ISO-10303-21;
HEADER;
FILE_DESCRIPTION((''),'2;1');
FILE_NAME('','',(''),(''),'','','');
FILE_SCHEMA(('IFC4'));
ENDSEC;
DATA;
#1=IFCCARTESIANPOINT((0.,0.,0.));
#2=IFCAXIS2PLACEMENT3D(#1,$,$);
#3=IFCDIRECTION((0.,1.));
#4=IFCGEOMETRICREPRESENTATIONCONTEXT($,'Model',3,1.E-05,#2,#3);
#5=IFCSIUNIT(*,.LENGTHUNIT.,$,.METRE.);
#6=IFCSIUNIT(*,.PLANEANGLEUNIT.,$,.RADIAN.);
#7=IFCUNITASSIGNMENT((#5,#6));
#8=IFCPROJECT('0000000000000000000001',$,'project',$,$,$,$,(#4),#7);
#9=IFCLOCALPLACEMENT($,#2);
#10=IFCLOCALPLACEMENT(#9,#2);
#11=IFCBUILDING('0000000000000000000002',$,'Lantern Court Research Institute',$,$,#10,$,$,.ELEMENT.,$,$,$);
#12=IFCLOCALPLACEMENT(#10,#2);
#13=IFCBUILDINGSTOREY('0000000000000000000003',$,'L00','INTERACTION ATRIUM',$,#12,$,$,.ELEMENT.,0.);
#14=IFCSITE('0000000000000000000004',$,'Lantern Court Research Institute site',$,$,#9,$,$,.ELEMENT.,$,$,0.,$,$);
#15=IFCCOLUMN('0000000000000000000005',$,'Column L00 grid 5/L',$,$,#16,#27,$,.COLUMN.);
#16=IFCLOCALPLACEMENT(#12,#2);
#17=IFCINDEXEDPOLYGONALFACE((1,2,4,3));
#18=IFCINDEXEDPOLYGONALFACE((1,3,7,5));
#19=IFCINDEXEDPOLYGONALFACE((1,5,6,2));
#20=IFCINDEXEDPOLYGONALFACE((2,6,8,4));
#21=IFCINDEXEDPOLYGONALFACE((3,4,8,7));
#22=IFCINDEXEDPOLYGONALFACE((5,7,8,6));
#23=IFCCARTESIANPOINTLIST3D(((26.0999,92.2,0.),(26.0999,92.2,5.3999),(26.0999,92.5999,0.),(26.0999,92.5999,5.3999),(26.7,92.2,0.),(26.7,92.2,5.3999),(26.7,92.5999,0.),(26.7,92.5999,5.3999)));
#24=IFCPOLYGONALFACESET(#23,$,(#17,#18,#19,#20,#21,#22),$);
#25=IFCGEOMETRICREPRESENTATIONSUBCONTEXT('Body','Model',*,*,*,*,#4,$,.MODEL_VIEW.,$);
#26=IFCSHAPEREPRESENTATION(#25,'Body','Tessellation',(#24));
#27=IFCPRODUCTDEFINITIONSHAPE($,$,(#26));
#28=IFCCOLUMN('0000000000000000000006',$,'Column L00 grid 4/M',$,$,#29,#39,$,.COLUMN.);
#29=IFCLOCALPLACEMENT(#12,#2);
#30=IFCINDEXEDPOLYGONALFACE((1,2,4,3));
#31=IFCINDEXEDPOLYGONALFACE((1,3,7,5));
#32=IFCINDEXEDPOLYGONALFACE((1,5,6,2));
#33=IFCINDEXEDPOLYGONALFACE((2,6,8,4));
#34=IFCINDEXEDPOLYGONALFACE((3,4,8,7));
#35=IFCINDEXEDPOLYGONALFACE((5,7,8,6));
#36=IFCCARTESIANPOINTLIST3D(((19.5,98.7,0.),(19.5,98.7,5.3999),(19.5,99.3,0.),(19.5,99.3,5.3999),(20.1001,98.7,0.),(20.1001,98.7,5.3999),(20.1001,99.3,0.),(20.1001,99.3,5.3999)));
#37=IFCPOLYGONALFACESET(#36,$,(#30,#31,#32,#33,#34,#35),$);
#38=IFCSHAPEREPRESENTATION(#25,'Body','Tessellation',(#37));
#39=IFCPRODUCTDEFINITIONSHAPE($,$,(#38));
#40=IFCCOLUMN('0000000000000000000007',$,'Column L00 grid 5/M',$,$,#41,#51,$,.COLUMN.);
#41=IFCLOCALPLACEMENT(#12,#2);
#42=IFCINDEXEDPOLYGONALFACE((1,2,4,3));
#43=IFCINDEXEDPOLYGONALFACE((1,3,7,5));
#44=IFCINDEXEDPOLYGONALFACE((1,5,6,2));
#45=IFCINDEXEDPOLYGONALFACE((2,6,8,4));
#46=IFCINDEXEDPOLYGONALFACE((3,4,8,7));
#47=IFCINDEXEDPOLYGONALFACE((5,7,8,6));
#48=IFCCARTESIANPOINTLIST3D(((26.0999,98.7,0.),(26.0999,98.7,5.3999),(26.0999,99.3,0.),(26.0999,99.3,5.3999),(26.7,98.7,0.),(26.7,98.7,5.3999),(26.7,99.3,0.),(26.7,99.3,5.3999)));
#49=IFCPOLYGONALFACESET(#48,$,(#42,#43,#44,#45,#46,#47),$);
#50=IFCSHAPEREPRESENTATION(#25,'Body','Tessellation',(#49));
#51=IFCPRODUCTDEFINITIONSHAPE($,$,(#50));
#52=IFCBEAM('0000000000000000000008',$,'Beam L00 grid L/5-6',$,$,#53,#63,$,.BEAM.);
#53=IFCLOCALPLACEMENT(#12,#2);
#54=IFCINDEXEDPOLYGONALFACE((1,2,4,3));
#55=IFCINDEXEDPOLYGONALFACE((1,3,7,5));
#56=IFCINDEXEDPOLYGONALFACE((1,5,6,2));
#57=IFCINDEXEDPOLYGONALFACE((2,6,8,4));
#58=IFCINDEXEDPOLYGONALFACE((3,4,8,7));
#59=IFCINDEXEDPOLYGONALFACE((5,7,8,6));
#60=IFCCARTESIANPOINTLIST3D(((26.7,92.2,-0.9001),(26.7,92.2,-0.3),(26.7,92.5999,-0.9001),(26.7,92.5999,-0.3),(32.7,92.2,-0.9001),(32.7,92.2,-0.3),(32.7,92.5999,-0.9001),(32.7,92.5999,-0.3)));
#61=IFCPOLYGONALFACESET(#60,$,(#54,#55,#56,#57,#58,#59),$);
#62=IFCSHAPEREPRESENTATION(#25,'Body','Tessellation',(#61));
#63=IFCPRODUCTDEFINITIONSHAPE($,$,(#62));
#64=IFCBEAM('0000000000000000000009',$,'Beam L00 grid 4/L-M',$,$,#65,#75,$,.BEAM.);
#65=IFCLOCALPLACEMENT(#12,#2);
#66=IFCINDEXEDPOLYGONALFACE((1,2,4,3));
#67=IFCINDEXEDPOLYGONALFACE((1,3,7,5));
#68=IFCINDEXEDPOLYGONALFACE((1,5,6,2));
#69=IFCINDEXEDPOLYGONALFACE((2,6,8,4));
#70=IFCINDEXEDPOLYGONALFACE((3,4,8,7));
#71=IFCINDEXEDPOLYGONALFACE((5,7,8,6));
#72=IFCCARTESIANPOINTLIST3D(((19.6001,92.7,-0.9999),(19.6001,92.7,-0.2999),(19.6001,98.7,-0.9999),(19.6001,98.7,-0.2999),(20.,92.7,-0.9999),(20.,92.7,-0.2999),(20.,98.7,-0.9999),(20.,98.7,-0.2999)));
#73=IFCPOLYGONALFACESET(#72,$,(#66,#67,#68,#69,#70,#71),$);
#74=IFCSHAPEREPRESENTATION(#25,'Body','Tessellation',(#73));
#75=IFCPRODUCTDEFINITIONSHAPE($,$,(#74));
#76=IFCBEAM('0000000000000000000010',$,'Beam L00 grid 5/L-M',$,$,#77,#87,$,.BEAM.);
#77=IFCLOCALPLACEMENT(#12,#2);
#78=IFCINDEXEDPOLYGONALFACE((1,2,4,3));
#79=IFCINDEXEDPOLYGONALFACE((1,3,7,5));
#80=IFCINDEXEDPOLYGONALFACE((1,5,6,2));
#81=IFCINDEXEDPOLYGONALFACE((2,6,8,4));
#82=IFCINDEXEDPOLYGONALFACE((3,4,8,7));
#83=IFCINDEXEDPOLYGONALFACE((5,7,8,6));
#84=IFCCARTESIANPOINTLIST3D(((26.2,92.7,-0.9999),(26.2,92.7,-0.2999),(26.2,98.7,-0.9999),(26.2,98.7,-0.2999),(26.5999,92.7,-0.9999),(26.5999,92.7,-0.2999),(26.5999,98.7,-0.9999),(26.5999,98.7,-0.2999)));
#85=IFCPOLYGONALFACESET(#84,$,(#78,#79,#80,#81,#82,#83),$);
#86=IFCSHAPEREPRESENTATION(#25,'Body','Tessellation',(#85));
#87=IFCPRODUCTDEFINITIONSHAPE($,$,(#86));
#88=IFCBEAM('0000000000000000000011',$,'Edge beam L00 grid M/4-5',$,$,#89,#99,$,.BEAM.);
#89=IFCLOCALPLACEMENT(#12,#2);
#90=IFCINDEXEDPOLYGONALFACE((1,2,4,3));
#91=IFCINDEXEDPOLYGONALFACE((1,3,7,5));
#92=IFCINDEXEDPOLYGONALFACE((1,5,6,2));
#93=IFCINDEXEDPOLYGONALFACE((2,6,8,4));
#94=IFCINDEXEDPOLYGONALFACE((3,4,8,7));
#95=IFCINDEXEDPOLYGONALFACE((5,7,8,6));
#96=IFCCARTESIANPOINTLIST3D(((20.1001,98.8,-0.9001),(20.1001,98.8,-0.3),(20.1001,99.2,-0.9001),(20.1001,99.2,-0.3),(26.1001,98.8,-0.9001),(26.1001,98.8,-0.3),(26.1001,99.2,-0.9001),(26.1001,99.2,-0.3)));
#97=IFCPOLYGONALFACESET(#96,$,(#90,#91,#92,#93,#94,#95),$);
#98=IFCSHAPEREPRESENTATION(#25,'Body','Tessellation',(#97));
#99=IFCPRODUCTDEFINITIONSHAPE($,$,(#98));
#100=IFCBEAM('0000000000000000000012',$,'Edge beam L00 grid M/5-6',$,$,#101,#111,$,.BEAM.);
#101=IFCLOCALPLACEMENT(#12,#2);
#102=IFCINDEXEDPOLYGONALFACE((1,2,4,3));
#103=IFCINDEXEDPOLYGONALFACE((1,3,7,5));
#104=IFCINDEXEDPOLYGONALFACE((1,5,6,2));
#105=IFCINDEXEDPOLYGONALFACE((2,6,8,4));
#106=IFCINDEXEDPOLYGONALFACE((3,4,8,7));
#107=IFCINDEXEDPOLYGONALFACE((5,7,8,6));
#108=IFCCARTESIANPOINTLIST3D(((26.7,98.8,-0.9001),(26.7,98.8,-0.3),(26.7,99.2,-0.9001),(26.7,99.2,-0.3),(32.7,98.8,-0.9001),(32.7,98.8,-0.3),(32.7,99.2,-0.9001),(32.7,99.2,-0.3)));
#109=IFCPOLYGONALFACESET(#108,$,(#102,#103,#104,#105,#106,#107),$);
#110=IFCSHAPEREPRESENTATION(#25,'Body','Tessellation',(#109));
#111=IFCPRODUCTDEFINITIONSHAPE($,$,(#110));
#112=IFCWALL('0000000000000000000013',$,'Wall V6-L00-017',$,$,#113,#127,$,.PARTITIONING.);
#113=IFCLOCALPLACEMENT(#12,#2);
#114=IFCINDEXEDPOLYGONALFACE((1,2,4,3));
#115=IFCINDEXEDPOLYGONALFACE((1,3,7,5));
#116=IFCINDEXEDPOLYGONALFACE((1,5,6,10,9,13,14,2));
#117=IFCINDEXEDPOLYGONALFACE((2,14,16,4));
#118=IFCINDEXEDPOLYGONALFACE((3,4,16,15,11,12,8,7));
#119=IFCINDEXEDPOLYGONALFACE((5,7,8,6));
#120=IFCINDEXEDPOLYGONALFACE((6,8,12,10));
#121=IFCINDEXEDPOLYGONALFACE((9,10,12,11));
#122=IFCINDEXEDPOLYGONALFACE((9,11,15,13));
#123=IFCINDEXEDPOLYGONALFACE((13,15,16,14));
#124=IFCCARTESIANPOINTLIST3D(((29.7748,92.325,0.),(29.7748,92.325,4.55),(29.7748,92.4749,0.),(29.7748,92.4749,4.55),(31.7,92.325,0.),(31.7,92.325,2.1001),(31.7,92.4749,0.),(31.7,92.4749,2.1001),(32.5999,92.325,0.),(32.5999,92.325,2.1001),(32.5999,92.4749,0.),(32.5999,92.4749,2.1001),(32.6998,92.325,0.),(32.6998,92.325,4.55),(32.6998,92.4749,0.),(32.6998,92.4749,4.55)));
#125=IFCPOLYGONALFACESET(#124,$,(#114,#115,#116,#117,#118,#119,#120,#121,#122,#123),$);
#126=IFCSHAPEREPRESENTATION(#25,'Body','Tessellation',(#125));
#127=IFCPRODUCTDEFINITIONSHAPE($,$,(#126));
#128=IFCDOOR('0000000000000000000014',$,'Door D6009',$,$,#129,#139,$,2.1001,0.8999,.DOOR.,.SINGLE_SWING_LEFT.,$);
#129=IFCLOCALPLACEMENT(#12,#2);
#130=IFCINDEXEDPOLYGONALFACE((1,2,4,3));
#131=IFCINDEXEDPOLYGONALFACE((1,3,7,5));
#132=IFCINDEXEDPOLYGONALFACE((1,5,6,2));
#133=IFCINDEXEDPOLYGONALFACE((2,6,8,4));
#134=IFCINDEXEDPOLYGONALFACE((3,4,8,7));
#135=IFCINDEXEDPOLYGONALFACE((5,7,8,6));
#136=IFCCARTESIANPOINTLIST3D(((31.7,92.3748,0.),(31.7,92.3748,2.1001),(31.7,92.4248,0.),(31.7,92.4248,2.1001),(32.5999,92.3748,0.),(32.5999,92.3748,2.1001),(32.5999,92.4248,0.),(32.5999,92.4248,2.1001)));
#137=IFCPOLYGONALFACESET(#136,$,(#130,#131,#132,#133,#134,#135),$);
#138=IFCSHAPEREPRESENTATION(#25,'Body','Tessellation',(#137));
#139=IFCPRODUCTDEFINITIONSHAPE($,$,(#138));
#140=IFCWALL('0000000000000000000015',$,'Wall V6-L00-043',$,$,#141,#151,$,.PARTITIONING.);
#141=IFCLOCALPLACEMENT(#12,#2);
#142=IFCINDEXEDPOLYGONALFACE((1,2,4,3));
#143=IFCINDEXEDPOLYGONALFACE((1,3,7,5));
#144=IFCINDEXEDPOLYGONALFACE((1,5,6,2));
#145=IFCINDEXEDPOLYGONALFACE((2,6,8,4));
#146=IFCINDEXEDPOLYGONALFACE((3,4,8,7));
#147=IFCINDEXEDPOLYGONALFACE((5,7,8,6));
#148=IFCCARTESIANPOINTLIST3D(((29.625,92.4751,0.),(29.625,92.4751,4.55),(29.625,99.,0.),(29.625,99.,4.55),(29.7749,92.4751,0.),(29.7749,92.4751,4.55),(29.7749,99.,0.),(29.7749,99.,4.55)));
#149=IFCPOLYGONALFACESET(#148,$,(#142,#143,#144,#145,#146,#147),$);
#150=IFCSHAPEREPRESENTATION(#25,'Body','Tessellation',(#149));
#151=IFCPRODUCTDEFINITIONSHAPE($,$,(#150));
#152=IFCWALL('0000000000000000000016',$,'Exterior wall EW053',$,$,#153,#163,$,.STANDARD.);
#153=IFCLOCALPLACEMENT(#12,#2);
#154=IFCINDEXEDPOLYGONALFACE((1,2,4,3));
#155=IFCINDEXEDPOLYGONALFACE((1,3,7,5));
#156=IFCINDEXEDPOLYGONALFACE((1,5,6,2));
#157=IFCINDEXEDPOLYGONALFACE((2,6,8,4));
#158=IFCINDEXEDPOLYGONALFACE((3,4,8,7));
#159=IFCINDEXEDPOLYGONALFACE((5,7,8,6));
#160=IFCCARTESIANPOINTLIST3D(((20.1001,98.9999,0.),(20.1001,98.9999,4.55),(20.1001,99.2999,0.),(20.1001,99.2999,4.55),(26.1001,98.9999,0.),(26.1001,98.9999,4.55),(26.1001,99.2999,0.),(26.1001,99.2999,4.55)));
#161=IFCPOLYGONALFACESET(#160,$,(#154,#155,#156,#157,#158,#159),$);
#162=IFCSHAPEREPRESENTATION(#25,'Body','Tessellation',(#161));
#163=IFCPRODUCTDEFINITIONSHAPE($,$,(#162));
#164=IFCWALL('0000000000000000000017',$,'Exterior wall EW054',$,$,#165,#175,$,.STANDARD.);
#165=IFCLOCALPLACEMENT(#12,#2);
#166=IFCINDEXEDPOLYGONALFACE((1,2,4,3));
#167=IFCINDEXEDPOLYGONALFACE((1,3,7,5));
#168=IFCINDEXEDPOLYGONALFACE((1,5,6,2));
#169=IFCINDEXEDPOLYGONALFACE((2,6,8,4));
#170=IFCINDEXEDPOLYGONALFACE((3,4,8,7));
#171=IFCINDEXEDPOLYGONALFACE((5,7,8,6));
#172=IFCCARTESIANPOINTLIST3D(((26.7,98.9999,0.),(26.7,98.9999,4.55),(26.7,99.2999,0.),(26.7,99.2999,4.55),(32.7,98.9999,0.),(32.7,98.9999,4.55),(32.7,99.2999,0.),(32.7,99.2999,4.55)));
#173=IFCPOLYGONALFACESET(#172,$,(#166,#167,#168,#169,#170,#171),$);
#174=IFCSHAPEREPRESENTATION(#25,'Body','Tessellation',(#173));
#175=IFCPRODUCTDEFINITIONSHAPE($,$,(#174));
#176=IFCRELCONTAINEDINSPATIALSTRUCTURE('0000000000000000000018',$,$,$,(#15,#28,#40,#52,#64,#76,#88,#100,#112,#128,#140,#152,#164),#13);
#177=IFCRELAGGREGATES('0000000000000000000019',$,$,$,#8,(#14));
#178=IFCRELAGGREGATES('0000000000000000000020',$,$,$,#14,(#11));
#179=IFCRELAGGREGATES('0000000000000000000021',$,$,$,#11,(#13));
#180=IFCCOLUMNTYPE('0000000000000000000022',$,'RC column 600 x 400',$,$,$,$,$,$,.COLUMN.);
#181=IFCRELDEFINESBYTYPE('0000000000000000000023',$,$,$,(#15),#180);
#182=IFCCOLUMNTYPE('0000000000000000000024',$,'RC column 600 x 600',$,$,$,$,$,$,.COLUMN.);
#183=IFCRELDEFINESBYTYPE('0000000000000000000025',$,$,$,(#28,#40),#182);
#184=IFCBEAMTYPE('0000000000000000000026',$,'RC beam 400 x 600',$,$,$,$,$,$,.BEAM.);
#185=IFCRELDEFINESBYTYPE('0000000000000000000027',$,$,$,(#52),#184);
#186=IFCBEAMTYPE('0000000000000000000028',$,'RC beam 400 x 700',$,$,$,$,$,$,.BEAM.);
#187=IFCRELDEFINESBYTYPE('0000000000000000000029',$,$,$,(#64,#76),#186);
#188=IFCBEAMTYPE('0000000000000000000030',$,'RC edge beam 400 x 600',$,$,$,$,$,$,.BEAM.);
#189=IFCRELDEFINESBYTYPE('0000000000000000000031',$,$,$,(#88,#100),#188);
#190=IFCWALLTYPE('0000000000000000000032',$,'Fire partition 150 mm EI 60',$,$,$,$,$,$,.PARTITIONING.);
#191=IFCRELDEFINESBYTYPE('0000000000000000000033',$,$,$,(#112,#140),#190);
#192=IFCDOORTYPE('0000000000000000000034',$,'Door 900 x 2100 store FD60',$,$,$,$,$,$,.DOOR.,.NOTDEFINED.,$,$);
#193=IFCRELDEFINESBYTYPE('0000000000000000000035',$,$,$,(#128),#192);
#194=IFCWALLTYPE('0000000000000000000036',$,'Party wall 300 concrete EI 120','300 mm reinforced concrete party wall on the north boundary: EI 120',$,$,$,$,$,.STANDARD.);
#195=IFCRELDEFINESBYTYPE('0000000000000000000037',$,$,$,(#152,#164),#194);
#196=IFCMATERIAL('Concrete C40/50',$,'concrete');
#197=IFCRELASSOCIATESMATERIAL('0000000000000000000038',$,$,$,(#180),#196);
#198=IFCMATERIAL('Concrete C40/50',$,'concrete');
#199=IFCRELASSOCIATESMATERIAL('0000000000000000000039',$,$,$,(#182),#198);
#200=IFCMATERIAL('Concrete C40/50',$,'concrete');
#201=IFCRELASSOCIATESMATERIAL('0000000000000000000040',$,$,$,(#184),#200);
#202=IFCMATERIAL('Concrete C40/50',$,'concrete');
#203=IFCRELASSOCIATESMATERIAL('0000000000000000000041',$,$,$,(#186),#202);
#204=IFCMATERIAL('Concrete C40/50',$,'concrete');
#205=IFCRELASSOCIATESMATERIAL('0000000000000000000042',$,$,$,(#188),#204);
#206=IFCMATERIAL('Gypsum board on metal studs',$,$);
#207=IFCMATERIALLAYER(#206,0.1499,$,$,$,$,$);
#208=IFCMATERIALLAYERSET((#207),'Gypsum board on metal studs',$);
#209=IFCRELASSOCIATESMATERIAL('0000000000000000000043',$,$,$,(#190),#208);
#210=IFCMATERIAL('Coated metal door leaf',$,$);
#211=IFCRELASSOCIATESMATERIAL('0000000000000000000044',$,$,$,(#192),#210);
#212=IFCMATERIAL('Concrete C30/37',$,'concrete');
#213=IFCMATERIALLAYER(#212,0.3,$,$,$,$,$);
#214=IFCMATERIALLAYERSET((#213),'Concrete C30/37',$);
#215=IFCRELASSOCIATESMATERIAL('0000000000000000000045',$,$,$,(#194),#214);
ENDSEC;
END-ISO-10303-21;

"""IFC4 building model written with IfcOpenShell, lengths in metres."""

from ifc_helpers import new_model, si_unit, direction, frame, frame_2d, origin, origin_2d, place, context, subcontext, project, spatial, rectangle, extrude, material, layer, layer_set, material_profile, profile_set, type_object, element, fill, save


model = new_model("IFC4")

# Units and contexts
model_context = context("Model", 3, precision=1e-05, world=origin(), true_north=direction((0.0, 1.0)))
body_context = subcontext(model_context, "Body", "Model", "MODEL_VIEW")
ifc_project = project(units=[si_unit("LENGTHUNIT", "METRE"), si_unit("PLANEANGLEUNIT", "RADIAN")], contexts=[model_context])

# Site, building, storey
site_placement = place(None, origin())
site = spatial("IfcSite", under=ifc_project, at=site_placement, Name="Lantern Court Research Institute site", CompositionType="ELEMENT", RefElevation=0.0)
building_placement = place(site_placement, origin())
building = spatial("IfcBuilding", under=site, at=building_placement, Name="Lantern Court Research Institute", CompositionType="ELEMENT")
storey_placement = place(building_placement, origin())
storey = spatial("IfcBuildingStorey", under=building, at=storey_placement, Name="L00", Description="INTERACTION ATRIUM", CompositionType="ELEMENT", Elevation=0.0)

# Columns
ifc_material_1 = material(Name="Concrete C40/50", Category="concrete")
ifc_material_profile_1 = material_profile(ifc_material_1, rectangle(XDim=0.6001, YDim=0.3999, at=origin_2d()), Name="RC column 600 x 400")
ifc_profile_set_1 = profile_set([ifc_material_profile_1], Name="Concrete C40/50")
column_type_1 = type_object("IfcColumnType", Name="RC column 600 x 400", PredefinedType="COLUMN", material=ifc_profile_set_1)
column_placement = place(storey_placement, frame((26.3999, 92.3999, 0.0), z_axis=(0.0, 0.0, 1.0), x_axis=(1.0, 0.0, 0.0)))
element("IfcColumn", 1, at=column_placement, inside=storey, type_object=column_type_1, Name="Column L00 grid 5/L", PredefinedType="COLUMN", context=body_context, shape_type="SweptSolid", body=[
    extrude(rectangle(XDim=0.6001, YDim=0.3999, at=origin_2d()), origin(), (0.0, 0.0, 1.0), 5.3999),
])
ifc_material_2 = material(Name="Concrete C40/50", Category="concrete")
ifc_material_profile_2 = material_profile(ifc_material_2, rectangle(XDim=0.6001, YDim=0.6001, at=origin_2d()), Name="RC column 600 x 600")
ifc_profile_set_2 = profile_set([ifc_material_profile_2], Name="Concrete C40/50")
column_type_2 = type_object("IfcColumnType", Name="RC column 600 x 600", PredefinedType="COLUMN", material=ifc_profile_set_2)
for number, where, z_axis, x_axis, name in (
    (2, (19.8, 99.0, 0.0), (0.0, 0.0, 1.0), (1.0, 0.0, 0.0), "Column L00 grid 4/M"),
    (3, (26.3999, 99.0, 0.0), (0.0, 0.0, 1.0), (1.0, 0.0, 0.0), "Column L00 grid 5/M"),
):
    element("IfcColumn", number, at=place(storey_placement, frame(where, z_axis=z_axis, x_axis=x_axis)), inside=storey, type_object=column_type_2, Name=name, PredefinedType="COLUMN", context=body_context, shape_type="SweptSolid", body=[
        extrude(rectangle(XDim=0.6001, YDim=0.6001, at=origin_2d()), origin(), (0.0, 0.0, 1.0), 5.3999),
    ])

# Beams
ifc_material_3 = material(Name="Concrete C40/50", Category="concrete")
ifc_material_profile_3 = material_profile(ifc_material_3, rectangle(XDim=0.3999, YDim=0.6001, at=origin_2d()), Name="RC beam 400 x 600")
ifc_profile_set_3 = profile_set([ifc_material_profile_3], Name="Concrete C40/50")
beam_type_1 = type_object("IfcBeamType", Name="RC beam 400 x 600", PredefinedType="BEAM", material=ifc_profile_set_3)
beam_placement = place(storey_placement, frame((26.7, 92.3999, -0.6001), z_axis=(1.0, 0.0, 0.0), x_axis=(0.0, 1.0, 0.0)))
element("IfcBeam", 4, at=beam_placement, inside=storey, type_object=beam_type_1, Name="Beam L00 grid L/5-6", PredefinedType="BEAM", context=body_context, shape_type="SweptSolid", body=[
    extrude(rectangle(XDim=0.3999, YDim=0.6001, at=origin_2d()), origin(), (0.0, 0.0, 1.0), 6.0),
])
ifc_material_4 = material(Name="Concrete C40/50", Category="concrete")
ifc_material_profile_4 = material_profile(ifc_material_4, rectangle(XDim=0.3999, YDim=0.7, at=origin_2d()), Name="RC beam 400 x 700")
ifc_profile_set_4 = profile_set([ifc_material_profile_4], Name="Concrete C40/50")
beam_type_2 = type_object("IfcBeamType", Name="RC beam 400 x 700", PredefinedType="BEAM", material=ifc_profile_set_4)
for number, where, z_axis, x_axis, name in (
    (5, (19.8, 92.7, -0.6499), (0.0, 1.0, 0.0), (-1.0, 0.0, 0.0), "Beam L00 grid 4/L-M"),
    (6, (26.3999, 92.7, -0.6499), (0.0, 1.0, 0.0), (-1.0, 0.0, 0.0), "Beam L00 grid 5/L-M"),
):
    element("IfcBeam", number, at=place(storey_placement, frame(where, z_axis=z_axis, x_axis=x_axis)), inside=storey, type_object=beam_type_2, Name=name, PredefinedType="BEAM", context=body_context, shape_type="SweptSolid", body=[
        extrude(rectangle(XDim=0.3999, YDim=0.7, at=origin_2d()), origin(), (0.0, 0.0, 1.0), 6.0),
    ])
ifc_material_5 = material(Name="Concrete C40/50", Category="concrete")
ifc_material_profile_5 = material_profile(ifc_material_5, rectangle(XDim=0.3999, YDim=0.6001, at=origin_2d()), Name="RC beam 400 x 600")
ifc_profile_set_5 = profile_set([ifc_material_profile_5], Name="Concrete C40/50")
beam_type_3 = type_object("IfcBeamType", Name="RC edge beam 400 x 600", PredefinedType="BEAM", material=ifc_profile_set_5)
for number, where, z_axis, x_axis, name in (
    (7, (20.1001, 99.0, -0.6001), (1.0, 0.0, 0.0), (0.0, 1.0, 0.0), "Edge beam L00 grid M/4-5"),
    (8, (26.7, 99.0, -0.6001), (1.0, 0.0, 0.0), (0.0, 1.0, 0.0), "Edge beam L00 grid M/5-6"),
):
    element("IfcBeam", number, at=place(storey_placement, frame(where, z_axis=z_axis, x_axis=x_axis)), inside=storey, type_object=beam_type_3, Name=name, PredefinedType="BEAM", context=body_context, shape_type="SweptSolid", body=[
        extrude(rectangle(XDim=0.3999, YDim=0.6001, at=origin_2d()), origin(), (0.0, 0.0, 1.0), 6.0),
    ])

# Wall, opening, door
ifc_material_6 = material(Name="Gypsum board on metal studs")
ifc_layer_1 = layer(ifc_material_6, 0.1499)
ifc_layer_set_1 = layer_set([ifc_layer_1], Name="Gypsum board on metal studs")
wall_type_1 = type_object("IfcWallType", Name="Fire partition 150 mm EI 60", PredefinedType="PARTITIONING", material=ifc_layer_set_1)
wall_1_placement = place(storey_placement, frame((29.7749, 92.3999, 0.0), z_axis=(0.0, 0.0, 1.0), x_axis=(1.0, 0.0, 0.0)))
wall_1 = element("IfcWall", 9, at=wall_1_placement, inside=storey, type_object=wall_type_1, Name="Wall V6-L00-017", PredefinedType="PARTITIONING", context=body_context, shape_type="SweptSolid", body=[
    extrude(rectangle(XDim=2.925, YDim=0.1499, at=frame_2d((1.4624, 0.0))), origin(), (0.0, 0.0, 1.0), 4.55),
])
opening_placement = place(wall_1_placement, frame((1.925, 0.0, 0.0)))
opening = element("IfcOpeningElement", 10, at=opening_placement, cuts=wall_1, PredefinedType="OPENING", context=body_context, shape_type="SweptSolid", body=[
    extrude(rectangle(XDim=0.8999, YDim=2.1001, at=frame_2d((0.45, 1.05))), frame((0.0, 0.085, 0.0), z_axis=(0.0, -1.0, 0.0), x_axis=(1.0, 0.0, 0.0)), (0.0, 0.0, 1.0), 0.1699),
])
ifc_material_7 = material(Name="Coated metal door leaf")
door_type = type_object("IfcDoorType", Name="Door 900 x 2100 store FD60", OperationType="NOTDEFINED", PredefinedType="DOOR", material=ifc_material_7)
door_placement = place(opening_placement, origin())
door = element("IfcDoor", 11, at=door_placement, inside=storey, type_object=door_type, Name="Door D6009", OperationType="SINGLE_SWING_LEFT", OverallHeight=2.1001, OverallWidth=0.8999, PredefinedType="DOOR", context=body_context, shape_type="SweptSolid", body=[
    extrude(rectangle(XDim=0.8999, YDim=2.1001, at=frame_2d((0.45, 1.05))), frame((0.0, 0.0249, 0.0), z_axis=(0.0, -1.0, 0.0), x_axis=(1.0, 0.0, 0.0)), (0.0, 0.0, 1.0), 0.05),
])
fill(opening, door)

# Walls
wall_2_placement = place(storey_placement, frame((29.7, 92.4751, 0.0), z_axis=(0.0, 0.0, 1.0), x_axis=(0.0, 1.0, 0.0)))
element("IfcWall", 12, at=wall_2_placement, inside=storey, type_object=wall_type_1, Name="Wall V6-L00-043", PredefinedType="PARTITIONING", context=body_context, shape_type="SweptSolid", body=[
    extrude(rectangle(XDim=6.5249, YDim=0.1499, at=frame_2d((3.2625, 0.0))), origin(), (0.0, 0.0, 1.0), 4.55),
])
ifc_material_8 = material(Name="Concrete C30/37", Category="concrete")
ifc_layer_2 = layer(ifc_material_8, 0.3)
ifc_layer_set_2 = layer_set([ifc_layer_2], Name="Concrete C30/37")
wall_type_2 = type_object("IfcWallType", Name="Party wall 300 concrete EI 120", Description="300 mm reinforced concrete party wall on the north boundary: EI 120", PredefinedType="STANDARD", material=ifc_layer_set_2)
for number, where, z_axis, x_axis, name in (
    (13, (20.1001, 99.1499, 0.0), (0.0, 0.0, 1.0), (1.0, 0.0, 0.0), "Exterior wall EW053"),
    (14, (26.7, 99.1499, 0.0), (0.0, 0.0, 1.0), (1.0, 0.0, 0.0), "Exterior wall EW054"),
):
    element("IfcWall", number, at=place(storey_placement, frame(where, z_axis=z_axis, x_axis=x_axis)), inside=storey, type_object=wall_type_2, Name=name, PredefinedType="STANDARD", context=body_context, shape_type="SweptSolid", body=[
        extrude(rectangle(XDim=6.0, YDim=0.3, at=frame_2d((3.0, 0.0))), origin(), (0.0, 0.0, 1.0), 4.55),
    ])

save(model, "model.ifc")
